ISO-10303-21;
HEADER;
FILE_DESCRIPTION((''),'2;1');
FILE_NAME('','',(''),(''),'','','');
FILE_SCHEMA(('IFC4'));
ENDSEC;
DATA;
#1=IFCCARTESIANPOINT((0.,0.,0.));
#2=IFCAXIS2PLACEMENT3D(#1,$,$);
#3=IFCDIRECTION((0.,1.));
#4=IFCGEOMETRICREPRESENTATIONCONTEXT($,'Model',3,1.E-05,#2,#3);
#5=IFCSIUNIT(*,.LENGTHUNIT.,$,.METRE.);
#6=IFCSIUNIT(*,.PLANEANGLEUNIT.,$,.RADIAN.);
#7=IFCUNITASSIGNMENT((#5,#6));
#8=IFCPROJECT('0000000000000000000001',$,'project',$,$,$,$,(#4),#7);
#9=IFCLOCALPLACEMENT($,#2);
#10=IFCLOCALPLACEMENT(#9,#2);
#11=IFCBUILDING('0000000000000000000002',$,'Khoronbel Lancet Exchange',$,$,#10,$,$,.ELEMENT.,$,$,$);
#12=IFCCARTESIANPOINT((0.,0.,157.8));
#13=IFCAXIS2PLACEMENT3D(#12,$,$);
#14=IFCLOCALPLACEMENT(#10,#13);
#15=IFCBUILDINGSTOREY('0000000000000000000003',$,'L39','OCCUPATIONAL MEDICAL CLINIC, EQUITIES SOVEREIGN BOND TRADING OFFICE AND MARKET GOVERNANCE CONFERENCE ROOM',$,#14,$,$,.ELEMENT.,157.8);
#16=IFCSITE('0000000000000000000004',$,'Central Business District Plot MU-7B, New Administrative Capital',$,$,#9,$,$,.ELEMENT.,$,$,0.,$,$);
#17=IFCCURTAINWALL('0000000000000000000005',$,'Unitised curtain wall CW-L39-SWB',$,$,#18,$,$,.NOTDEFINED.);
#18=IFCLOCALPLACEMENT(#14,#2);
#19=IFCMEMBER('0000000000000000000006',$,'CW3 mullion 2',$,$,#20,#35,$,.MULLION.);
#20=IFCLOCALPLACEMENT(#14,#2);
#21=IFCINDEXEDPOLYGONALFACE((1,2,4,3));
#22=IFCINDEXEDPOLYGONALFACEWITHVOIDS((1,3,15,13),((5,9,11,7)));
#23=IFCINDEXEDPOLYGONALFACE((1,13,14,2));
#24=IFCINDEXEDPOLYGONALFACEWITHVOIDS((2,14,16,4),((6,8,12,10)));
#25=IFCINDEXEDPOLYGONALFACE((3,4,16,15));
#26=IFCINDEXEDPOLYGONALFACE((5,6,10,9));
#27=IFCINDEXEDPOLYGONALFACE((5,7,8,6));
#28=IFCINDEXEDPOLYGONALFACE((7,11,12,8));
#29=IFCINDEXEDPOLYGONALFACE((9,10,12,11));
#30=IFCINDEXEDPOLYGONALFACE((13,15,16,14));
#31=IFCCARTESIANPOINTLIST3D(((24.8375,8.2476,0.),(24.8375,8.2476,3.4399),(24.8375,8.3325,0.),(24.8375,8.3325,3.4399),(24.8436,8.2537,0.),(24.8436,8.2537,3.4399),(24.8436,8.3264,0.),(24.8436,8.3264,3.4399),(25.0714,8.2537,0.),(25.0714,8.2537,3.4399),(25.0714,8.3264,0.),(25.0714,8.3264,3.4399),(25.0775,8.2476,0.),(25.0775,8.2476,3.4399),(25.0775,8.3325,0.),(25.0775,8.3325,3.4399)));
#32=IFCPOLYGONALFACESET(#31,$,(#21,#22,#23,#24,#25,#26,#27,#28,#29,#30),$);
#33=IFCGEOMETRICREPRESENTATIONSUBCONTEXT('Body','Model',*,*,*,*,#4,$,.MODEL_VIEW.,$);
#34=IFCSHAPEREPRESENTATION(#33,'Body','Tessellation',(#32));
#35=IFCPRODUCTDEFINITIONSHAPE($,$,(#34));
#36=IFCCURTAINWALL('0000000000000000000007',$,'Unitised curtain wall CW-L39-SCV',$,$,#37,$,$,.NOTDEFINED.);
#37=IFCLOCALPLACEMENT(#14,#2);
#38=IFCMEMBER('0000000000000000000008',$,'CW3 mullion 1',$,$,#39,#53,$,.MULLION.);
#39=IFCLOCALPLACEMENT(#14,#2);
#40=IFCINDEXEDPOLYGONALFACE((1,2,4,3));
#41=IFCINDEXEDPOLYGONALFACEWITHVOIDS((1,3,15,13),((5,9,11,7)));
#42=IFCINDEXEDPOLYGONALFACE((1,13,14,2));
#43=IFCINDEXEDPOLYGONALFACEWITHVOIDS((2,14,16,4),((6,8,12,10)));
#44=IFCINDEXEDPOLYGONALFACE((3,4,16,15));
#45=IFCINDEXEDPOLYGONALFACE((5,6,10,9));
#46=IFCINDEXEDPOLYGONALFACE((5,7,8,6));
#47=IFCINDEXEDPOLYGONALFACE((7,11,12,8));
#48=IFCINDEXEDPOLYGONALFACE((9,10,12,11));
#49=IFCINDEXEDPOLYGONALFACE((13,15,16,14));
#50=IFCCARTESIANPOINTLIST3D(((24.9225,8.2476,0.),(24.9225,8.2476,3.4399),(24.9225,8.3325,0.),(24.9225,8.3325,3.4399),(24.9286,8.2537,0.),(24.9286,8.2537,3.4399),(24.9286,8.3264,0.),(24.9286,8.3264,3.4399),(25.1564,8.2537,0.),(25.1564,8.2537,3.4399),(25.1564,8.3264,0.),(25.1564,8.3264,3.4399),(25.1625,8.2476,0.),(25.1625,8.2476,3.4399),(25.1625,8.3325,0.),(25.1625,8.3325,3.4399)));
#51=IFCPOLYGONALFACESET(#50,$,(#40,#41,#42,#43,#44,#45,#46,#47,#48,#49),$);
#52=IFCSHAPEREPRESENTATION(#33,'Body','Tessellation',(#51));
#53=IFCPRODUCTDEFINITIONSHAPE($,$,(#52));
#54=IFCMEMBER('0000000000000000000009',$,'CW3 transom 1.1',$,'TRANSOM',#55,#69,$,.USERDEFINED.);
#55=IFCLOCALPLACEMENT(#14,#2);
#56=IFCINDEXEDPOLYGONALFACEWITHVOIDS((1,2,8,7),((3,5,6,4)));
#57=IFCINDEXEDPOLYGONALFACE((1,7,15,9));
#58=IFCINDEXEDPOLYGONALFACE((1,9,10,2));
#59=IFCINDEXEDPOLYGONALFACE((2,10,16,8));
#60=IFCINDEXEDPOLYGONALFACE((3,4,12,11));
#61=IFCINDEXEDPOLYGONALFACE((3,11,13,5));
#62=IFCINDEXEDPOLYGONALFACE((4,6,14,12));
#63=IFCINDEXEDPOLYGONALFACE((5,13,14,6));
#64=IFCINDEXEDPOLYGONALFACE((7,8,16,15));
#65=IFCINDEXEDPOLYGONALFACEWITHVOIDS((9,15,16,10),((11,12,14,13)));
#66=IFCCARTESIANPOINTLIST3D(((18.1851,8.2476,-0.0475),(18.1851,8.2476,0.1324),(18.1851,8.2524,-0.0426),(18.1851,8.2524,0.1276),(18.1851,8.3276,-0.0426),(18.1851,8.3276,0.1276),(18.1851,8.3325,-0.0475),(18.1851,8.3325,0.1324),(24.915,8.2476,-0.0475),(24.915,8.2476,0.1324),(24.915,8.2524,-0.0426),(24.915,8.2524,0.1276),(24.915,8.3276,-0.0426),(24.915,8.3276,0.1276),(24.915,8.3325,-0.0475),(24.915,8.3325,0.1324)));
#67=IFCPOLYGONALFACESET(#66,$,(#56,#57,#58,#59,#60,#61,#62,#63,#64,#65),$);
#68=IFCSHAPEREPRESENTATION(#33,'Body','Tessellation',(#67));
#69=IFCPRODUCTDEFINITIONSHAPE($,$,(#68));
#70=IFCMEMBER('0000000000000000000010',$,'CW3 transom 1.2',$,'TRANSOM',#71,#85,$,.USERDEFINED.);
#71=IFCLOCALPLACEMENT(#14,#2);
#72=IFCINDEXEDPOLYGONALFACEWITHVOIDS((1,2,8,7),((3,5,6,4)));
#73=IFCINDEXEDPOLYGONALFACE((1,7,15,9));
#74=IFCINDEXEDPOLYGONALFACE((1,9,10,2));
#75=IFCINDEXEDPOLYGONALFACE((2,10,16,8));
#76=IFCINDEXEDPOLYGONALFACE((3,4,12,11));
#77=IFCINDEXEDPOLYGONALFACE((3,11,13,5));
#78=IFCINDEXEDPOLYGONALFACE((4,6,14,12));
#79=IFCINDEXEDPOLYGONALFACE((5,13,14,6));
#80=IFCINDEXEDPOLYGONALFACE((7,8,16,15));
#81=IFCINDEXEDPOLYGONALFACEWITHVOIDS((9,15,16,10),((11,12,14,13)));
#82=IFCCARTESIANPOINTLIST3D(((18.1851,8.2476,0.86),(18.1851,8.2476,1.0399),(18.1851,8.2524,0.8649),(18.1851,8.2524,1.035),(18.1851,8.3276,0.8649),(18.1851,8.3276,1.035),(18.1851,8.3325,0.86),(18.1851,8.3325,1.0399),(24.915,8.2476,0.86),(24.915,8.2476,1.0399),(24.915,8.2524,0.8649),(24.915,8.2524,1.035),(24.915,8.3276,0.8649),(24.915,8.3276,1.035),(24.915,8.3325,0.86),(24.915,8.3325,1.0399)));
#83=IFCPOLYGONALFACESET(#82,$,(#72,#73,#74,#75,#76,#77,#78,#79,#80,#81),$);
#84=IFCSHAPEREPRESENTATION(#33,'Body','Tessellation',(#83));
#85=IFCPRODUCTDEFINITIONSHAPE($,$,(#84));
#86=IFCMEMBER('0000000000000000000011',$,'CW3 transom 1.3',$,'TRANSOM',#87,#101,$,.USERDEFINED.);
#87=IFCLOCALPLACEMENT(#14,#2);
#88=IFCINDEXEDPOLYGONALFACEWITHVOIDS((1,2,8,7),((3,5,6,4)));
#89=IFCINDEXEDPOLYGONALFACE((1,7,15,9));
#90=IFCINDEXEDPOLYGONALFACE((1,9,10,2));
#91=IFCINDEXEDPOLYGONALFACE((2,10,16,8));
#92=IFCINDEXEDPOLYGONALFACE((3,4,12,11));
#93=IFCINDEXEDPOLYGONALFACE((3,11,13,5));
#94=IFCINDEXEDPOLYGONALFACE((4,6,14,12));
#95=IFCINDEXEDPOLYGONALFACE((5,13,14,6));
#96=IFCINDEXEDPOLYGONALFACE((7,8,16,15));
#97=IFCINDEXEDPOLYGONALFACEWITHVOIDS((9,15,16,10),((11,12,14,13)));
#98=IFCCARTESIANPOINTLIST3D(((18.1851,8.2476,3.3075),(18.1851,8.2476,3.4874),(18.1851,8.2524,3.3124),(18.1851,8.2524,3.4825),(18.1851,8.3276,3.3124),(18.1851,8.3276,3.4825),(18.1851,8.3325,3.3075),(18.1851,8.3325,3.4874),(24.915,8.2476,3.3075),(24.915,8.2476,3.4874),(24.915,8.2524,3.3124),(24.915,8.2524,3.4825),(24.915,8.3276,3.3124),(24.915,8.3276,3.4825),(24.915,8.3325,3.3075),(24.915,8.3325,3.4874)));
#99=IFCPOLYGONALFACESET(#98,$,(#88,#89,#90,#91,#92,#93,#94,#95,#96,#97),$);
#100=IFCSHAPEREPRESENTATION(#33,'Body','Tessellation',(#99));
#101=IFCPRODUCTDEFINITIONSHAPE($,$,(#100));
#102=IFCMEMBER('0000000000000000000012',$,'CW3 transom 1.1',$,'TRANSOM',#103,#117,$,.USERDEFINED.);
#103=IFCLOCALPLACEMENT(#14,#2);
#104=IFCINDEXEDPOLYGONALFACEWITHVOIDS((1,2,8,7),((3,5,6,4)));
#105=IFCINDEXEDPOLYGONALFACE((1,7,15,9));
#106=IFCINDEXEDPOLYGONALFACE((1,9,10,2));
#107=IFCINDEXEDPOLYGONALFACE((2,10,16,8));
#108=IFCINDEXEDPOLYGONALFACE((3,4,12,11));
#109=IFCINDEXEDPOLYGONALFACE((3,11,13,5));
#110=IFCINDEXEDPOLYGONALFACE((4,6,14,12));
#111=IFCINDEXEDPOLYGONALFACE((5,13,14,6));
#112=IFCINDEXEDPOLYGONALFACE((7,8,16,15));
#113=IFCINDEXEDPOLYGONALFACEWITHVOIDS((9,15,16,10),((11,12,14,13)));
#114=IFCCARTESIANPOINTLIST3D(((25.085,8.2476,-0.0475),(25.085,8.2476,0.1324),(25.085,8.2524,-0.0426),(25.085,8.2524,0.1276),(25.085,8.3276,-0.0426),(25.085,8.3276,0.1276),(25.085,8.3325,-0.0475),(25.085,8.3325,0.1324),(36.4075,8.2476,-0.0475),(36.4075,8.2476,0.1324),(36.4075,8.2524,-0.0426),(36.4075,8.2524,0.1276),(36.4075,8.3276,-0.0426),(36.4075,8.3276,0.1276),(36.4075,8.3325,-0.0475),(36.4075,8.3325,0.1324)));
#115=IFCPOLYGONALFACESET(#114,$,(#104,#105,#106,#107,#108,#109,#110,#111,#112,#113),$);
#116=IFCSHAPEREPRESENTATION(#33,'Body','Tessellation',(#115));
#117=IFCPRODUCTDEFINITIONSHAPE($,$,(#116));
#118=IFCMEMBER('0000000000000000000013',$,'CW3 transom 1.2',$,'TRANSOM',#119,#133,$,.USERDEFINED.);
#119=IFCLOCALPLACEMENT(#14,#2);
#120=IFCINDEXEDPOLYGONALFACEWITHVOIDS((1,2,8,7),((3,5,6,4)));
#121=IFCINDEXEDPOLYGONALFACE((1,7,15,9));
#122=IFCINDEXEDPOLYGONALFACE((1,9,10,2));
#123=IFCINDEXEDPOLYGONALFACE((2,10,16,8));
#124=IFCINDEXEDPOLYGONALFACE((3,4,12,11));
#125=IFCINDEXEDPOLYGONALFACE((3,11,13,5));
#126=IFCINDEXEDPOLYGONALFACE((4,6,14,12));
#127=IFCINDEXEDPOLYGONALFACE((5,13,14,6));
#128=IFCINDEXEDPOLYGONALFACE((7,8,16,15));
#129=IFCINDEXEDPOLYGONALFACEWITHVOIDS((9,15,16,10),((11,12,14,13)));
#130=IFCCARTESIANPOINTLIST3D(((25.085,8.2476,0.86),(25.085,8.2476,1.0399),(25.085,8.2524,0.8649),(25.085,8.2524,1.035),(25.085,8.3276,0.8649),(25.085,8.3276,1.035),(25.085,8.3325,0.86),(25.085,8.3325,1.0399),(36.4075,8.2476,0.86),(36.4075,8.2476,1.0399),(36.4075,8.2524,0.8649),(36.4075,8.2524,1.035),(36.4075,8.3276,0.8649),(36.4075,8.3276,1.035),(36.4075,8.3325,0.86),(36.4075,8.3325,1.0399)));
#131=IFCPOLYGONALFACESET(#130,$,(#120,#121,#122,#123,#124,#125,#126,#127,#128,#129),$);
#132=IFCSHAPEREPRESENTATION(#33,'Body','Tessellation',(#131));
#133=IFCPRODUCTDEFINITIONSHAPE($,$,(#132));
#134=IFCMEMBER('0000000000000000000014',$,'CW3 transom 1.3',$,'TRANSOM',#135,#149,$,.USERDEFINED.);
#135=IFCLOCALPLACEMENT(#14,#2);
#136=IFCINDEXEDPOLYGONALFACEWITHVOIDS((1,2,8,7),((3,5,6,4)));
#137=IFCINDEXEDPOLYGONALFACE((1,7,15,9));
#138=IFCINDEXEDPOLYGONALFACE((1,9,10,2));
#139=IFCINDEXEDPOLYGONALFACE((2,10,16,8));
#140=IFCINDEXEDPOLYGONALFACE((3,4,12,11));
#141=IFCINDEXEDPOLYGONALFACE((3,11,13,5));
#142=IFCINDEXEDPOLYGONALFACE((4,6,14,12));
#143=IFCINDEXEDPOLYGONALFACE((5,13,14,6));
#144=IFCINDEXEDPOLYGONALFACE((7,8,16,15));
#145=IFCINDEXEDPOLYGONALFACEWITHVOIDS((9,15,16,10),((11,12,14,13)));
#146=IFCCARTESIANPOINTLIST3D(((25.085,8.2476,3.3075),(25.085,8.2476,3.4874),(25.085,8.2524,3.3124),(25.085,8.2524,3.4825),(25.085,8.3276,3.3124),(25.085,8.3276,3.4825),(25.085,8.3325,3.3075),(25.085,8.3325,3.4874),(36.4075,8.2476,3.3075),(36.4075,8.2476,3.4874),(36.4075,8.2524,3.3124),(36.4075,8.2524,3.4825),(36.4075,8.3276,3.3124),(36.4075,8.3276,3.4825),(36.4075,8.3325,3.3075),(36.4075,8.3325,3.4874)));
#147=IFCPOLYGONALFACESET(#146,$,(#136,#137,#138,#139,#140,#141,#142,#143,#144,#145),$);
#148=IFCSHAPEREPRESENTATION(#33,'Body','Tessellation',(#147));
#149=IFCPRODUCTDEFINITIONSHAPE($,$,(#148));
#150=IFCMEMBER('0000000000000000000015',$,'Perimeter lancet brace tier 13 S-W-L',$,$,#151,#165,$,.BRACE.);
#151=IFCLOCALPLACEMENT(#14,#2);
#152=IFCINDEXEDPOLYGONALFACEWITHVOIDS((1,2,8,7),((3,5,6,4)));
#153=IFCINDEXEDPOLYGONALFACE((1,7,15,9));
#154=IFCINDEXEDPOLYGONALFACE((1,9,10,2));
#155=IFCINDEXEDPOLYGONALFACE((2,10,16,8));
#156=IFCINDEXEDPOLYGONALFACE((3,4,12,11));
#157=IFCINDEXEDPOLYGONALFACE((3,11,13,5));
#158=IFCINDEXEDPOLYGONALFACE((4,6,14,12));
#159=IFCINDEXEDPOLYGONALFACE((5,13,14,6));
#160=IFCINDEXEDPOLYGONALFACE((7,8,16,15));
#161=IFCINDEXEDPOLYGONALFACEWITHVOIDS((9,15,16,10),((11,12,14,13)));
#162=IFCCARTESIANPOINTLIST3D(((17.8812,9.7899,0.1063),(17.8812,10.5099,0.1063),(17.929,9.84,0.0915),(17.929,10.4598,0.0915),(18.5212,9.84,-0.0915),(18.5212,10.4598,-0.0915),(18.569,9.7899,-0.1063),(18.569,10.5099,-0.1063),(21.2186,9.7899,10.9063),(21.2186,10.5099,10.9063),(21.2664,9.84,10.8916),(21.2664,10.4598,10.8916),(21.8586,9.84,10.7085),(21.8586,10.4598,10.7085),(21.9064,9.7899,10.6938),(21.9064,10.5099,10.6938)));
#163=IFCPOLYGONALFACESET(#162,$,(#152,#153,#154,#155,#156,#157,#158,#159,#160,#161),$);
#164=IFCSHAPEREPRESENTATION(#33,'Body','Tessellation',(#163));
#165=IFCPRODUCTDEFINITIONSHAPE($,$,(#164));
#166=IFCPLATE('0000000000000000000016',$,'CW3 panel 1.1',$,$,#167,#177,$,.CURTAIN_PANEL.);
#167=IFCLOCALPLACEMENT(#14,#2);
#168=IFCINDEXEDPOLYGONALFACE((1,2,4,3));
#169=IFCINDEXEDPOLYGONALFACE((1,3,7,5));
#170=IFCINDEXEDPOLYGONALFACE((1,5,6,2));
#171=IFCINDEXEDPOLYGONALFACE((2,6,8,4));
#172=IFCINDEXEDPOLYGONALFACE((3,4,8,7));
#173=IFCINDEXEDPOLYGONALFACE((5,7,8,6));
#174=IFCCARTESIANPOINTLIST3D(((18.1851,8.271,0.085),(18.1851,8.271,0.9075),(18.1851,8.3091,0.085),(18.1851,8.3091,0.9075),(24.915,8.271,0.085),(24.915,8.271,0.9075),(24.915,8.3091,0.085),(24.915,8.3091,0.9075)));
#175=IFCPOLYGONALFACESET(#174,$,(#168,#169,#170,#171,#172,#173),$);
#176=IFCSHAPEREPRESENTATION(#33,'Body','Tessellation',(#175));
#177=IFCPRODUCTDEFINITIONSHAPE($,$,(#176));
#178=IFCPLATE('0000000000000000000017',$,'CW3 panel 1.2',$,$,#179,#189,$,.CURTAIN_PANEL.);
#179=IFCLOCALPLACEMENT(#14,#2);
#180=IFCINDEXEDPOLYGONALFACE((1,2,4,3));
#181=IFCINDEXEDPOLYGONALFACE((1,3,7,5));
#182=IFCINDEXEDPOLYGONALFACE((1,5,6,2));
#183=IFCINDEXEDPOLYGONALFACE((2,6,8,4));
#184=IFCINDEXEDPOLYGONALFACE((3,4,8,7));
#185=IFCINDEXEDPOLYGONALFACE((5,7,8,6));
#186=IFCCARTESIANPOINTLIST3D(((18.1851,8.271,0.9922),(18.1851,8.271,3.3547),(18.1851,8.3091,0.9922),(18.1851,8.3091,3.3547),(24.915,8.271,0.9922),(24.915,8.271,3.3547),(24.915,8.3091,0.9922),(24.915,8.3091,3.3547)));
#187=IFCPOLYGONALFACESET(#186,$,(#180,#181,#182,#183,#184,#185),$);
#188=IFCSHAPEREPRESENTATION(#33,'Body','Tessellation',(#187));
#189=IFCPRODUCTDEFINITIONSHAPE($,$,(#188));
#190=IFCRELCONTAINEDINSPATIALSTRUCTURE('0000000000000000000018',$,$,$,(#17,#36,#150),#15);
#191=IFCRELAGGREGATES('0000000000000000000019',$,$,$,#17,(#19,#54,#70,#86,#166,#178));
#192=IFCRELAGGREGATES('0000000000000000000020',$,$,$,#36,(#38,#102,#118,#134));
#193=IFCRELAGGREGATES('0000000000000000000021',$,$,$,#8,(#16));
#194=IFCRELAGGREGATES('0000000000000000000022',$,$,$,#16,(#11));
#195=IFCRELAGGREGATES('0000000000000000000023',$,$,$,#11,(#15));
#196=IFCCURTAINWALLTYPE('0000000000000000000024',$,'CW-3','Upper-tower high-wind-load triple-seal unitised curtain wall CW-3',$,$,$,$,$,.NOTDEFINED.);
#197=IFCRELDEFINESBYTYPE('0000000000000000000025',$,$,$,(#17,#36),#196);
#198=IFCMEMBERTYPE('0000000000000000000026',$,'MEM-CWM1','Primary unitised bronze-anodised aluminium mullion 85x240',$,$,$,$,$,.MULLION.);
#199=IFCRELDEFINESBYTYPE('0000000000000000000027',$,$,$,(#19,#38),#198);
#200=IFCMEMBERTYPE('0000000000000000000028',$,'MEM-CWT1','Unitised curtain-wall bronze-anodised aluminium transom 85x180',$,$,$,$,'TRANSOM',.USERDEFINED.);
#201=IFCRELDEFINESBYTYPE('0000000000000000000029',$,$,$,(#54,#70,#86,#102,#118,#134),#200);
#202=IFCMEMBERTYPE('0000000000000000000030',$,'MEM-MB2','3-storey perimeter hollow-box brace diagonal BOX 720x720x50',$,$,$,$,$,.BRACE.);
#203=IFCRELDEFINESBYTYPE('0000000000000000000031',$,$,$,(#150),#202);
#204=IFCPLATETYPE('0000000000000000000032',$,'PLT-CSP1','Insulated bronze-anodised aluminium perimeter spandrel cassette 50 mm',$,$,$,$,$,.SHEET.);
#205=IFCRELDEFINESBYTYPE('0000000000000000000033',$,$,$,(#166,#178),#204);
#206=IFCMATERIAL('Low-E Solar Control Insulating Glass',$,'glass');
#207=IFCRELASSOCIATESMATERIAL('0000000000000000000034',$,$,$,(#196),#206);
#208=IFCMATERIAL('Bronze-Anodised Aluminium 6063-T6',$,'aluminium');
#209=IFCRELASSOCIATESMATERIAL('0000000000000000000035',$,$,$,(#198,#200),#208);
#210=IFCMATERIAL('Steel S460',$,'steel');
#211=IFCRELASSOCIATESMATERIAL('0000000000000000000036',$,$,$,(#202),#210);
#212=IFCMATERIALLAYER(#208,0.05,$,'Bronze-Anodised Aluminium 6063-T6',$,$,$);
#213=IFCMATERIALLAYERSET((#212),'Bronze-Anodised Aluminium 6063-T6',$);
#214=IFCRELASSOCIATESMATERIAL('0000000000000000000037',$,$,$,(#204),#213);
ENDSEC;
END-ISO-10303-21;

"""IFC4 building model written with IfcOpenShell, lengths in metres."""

from ifc_helpers import new_model, si_unit, direction, frame, origin, origin_2d, place, context, subcontext, project, spatial, rectangle, hollow_rectangle, extrude, material, layer, layer_set, material_profile, profile_set, type_object, element, aggregate, save


model = new_model("IFC4")

# Units and contexts
model_context = context("Model", 3, precision=1e-05, world=origin(), true_north=direction((0.0, 1.0)))
body_context = subcontext(model_context, "Body", "Model", "MODEL_VIEW")
ifc_project = project(units=[si_unit("LENGTHUNIT", "METRE"), si_unit("PLANEANGLEUNIT", "RADIAN")], contexts=[model_context])

# Site, building, storey
site_placement = place(None, origin())
site = spatial("IfcSite", under=ifc_project, at=site_placement, Name="Central Business District Plot MU-7B, New Administrative Capital", CompositionType="ELEMENT", RefElevation=0.0)
building_placement = place(site_placement, origin())
building = spatial("IfcBuilding", under=site, at=building_placement, Name="Khoronbel Lancet Exchange", CompositionType="ELEMENT")
storey_placement = place(building_placement, frame((0.0, 0.0, 157.8)))
storey = spatial("IfcBuildingStorey", under=building, at=storey_placement, Name="L39", Description="OCCUPATIONAL MEDICAL CLINIC, EQUITIES SOVEREIGN BOND TRADING OFFICE AND MARKET GOVERNANCE CONFERENCE ROOM", CompositionType="ELEMENT", Elevation=157.8)

# Shared definitions
ifc_material_1 = material(Name="Steel S460", Category="steel")

# Shared definitions
ifc_material_2 = material(Name="Low-E Solar Control Insulating Glass", Category="glass")
curtain_wall_type = type_object("IfcCurtainWallType", Name="CW-3", Description="Upper-tower high-wind-load triple-seal unitised curtain wall CW-3", PredefinedType="NOTDEFINED", material=ifc_material_2)
ifc_material_3 = material(Name="Bronze-Anodised Aluminium 6063-T6", Category="aluminium")
ifc_material_profile_1 = material_profile(ifc_material_3, hollow_rectangle(XDim=0.085, YDim=0.24, WallThickness=0.0061, at=origin_2d()), Name="ALU MULLION 85x240")
ifc_profile_set_1 = profile_set([ifc_material_profile_1], Name="Bronze-Anodised Aluminium 6063-T6")
member_type_1 = type_object("IfcMemberType", Name="MEM-CWM1", Description="Primary unitised bronze-anodised aluminium mullion 85x240", PredefinedType="MULLION", material=ifc_profile_set_1)

# Curtain wall, member
curtain_wall_1_placement = place(storey_placement, origin())
curtain_wall_1 = element("IfcCurtainWall", 1, at=curtain_wall_1_placement, inside=storey, type_object=curtain_wall_type, Name="Unitised curtain wall CW-L39-SWB", PredefinedType="NOTDEFINED")
member_1_placement = place(storey_placement, frame((24.9575, 8.29, 0.0), z_axis=(0.0, 0.0, 1.0), x_axis=(0.0, 1.0, 0.0)))
member_1 = element("IfcMember", 2, at=member_1_placement, type_object=member_type_1, Name="CW3 mullion 2", PredefinedType="MULLION", context=body_context, shape_type="SweptSolid", body=[
    extrude(hollow_rectangle(XDim=0.085, YDim=0.24, WallThickness=0.0061, at=origin_2d()), origin(), (0.0, 0.0, 1.0), 3.4399),
])

# Curtain wall, member
curtain_wall_2_placement = place(storey_placement, origin())
curtain_wall_2 = element("IfcCurtainWall", 3, at=curtain_wall_2_placement, inside=storey, type_object=curtain_wall_type, Name="Unitised curtain wall CW-L39-SCV", PredefinedType="NOTDEFINED")
member_2_placement = place(storey_placement, frame((25.0425, 8.29, 0.0), z_axis=(0.0, 0.0, 1.0), x_axis=(0.0, 1.0, 0.0)))
member_2 = element("IfcMember", 4, at=member_2_placement, type_object=member_type_1, Name="CW3 mullion 1", PredefinedType="MULLION", context=body_context, shape_type="SweptSolid", body=[
    extrude(hollow_rectangle(XDim=0.085, YDim=0.24, WallThickness=0.0061, at=origin_2d()), origin(), (0.0, 0.0, 1.0), 3.4399),
])

# Members
ifc_material_profile_2 = material_profile(ifc_material_3, hollow_rectangle(XDim=0.085, YDim=0.1799, WallThickness=0.0049, at=origin_2d()), Name="ALU TRANSOM 85x180")
ifc_profile_set_2 = profile_set([ifc_material_profile_2], Name="Bronze-Anodised Aluminium 6063-T6")
member_type_2 = type_object("IfcMemberType", Name="MEM-CWT1", Description="Unitised curtain-wall bronze-anodised aluminium transom 85x180", ElementType="TRANSOM", PredefinedType="USERDEFINED", material=ifc_profile_set_2)
member_3_placement = place(storey_placement, frame((18.1851, 8.29, 0.0425), z_axis=(1.0, 0.0, 0.0), x_axis=(0.0, 1.0, 0.0)))
member_3 = element("IfcMember", 5, at=member_3_placement, type_object=member_type_2, Name="CW3 transom 1.1", ObjectType="TRANSOM", PredefinedType="USERDEFINED", context=body_context, shape_type="SweptSolid", body=[
    extrude(hollow_rectangle(XDim=0.085, YDim=0.1799, WallThickness=0.0049, at=origin_2d()), origin(), (0.0, 0.0, 1.0), 6.73),
])
member_4_placement = place(storey_placement, frame((18.1851, 8.29, 0.95), z_axis=(1.0, 0.0, 0.0), x_axis=(0.0, 1.0, 0.0)))
member_4 = element("IfcMember", 6, at=member_4_placement, type_object=member_type_2, Name="CW3 transom 1.2", ObjectType="TRANSOM", PredefinedType="USERDEFINED", context=body_context, shape_type="SweptSolid", body=[
    extrude(hollow_rectangle(XDim=0.085, YDim=0.1799, WallThickness=0.0049, at=origin_2d()), origin(), (0.0, 0.0, 1.0), 6.73),
])
member_5_placement = place(storey_placement, frame((18.1851, 8.29, 3.3975), z_axis=(1.0, 0.0, 0.0), x_axis=(0.0, 1.0, 0.0)))
member_5 = element("IfcMember", 7, at=member_5_placement, type_object=member_type_2, Name="CW3 transom 1.3", ObjectType="TRANSOM", PredefinedType="USERDEFINED", context=body_context, shape_type="SweptSolid", body=[
    extrude(hollow_rectangle(XDim=0.085, YDim=0.1799, WallThickness=0.0049, at=origin_2d()), origin(), (0.0, 0.0, 1.0), 6.73),
])
member_6_placement = place(storey_placement, frame((25.085, 8.29, 0.0425), z_axis=(1.0, 0.0, 0.0), x_axis=(0.0, 1.0, 0.0)))
member_6 = element("IfcMember", 8, at=member_6_placement, type_object=member_type_2, Name="CW3 transom 1.1", ObjectType="TRANSOM", PredefinedType="USERDEFINED", context=body_context, shape_type="SweptSolid", body=[
    extrude(hollow_rectangle(XDim=0.085, YDim=0.1799, WallThickness=0.0049, at=origin_2d()), origin(), (0.0, 0.0, 1.0), 11.3225),
])
member_7_placement = place(storey_placement, frame((25.085, 8.29, 0.95), z_axis=(1.0, 0.0, 0.0), x_axis=(0.0, 1.0, 0.0)))
member_7 = element("IfcMember", 9, at=member_7_placement, type_object=member_type_2, Name="CW3 transom 1.2", ObjectType="TRANSOM", PredefinedType="USERDEFINED", context=body_context, shape_type="SweptSolid", body=[
    extrude(hollow_rectangle(XDim=0.085, YDim=0.1799, WallThickness=0.0049, at=origin_2d()), origin(), (0.0, 0.0, 1.0), 11.3225),
])
member_8_placement = place(storey_placement, frame((25.085, 8.29, 3.3975), z_axis=(1.0, 0.0, 0.0), x_axis=(0.0, 1.0, 0.0)))
member_8 = element("IfcMember", 10, at=member_8_placement, type_object=member_type_2, Name="CW3 transom 1.3", ObjectType="TRANSOM", PredefinedType="USERDEFINED", context=body_context, shape_type="SweptSolid", body=[
    extrude(hollow_rectangle(XDim=0.085, YDim=0.1799, WallThickness=0.0049, at=origin_2d()), origin(), (0.0, 0.0, 1.0), 11.3225),
])
ifc_material_profile_3 = material_profile(ifc_material_1, hollow_rectangle(XDim=0.72, YDim=0.72, WallThickness=0.05, at=origin_2d()), Name="BOX 720x720x50")
ifc_profile_set_3 = profile_set([ifc_material_profile_3], Name="Steel S460")
member_type_3 = type_object("IfcMemberType", Name="MEM-MB2", Description="3-storey perimeter hollow-box brace diagonal BOX 720x720x50", PredefinedType="BRACE", material=ifc_profile_set_3)
member_9_placement = place(storey_placement, frame((18.2251, 10.1499, 0.0), z_axis=(0.295242, 0.0, 0.955422), x_axis=(0.0, 1.0, 0.0)))
element("IfcMember", 11, at=member_9_placement, inside=storey, type_object=member_type_3, Name="Perimeter lancet brace tier 13 S-W-L", PredefinedType="BRACE", context=body_context, shape_type="SweptSolid", body=[
    extrude(hollow_rectangle(XDim=0.72, YDim=0.72, WallThickness=0.05, at=origin_2d()), origin(), (0.0, 0.0, 1.0), 11.304),
])

# Plates
ifc_layer_1 = layer(ifc_material_3, 0.05, Name="Bronze-Anodised Aluminium 6063-T6")
ifc_layer_set_1 = layer_set([ifc_layer_1], Name="Bronze-Anodised Aluminium 6063-T6")
plate_type_1 = type_object("IfcPlateType", Name="PLT-CSP1", Description="Insulated bronze-anodised aluminium perimeter spandrel cassette 50 mm", PredefinedType="SHEET", material=ifc_layer_set_1)
plate_1_placement = place(storey_placement, frame((21.55, 8.29, 0.085), z_axis=(0.0, 0.0, 1.0), x_axis=(1.0, 0.0, 0.0)))
plate_1 = element("IfcPlate", 12, at=plate_1_placement, type_object=plate_type_1, Name="CW3 panel 1.1", PredefinedType="CURTAIN_PANEL", context=body_context, shape_type="SweptSolid", body=[
    extrude(rectangle(XDim=6.73, YDim=0.0381, at=origin_2d()), origin(), (0.0, 0.0, 1.0), 0.8225),
])
plate_2_placement = place(storey_placement, frame((21.55, 8.29, 0.9922), z_axis=(0.0, 0.0, 1.0), x_axis=(1.0, 0.0, 0.0)))
plate_2 = element("IfcPlate", 13, at=plate_2_placement, type_object=plate_type_1, Name="CW3 panel 1.2", PredefinedType="CURTAIN_PANEL", context=body_context, shape_type="SweptSolid", body=[
    extrude(rectangle(XDim=6.73, YDim=0.0381, at=origin_2d()), origin(), (0.0, 0.0, 1.0), 2.3625),
])
aggregate(curtain_wall_1, [member_1, member_3, member_4, member_5, plate_1, plate_2])
aggregate(curtain_wall_2, [member_2, member_6, member_7, member_8])

save(model, "model.ifc")
